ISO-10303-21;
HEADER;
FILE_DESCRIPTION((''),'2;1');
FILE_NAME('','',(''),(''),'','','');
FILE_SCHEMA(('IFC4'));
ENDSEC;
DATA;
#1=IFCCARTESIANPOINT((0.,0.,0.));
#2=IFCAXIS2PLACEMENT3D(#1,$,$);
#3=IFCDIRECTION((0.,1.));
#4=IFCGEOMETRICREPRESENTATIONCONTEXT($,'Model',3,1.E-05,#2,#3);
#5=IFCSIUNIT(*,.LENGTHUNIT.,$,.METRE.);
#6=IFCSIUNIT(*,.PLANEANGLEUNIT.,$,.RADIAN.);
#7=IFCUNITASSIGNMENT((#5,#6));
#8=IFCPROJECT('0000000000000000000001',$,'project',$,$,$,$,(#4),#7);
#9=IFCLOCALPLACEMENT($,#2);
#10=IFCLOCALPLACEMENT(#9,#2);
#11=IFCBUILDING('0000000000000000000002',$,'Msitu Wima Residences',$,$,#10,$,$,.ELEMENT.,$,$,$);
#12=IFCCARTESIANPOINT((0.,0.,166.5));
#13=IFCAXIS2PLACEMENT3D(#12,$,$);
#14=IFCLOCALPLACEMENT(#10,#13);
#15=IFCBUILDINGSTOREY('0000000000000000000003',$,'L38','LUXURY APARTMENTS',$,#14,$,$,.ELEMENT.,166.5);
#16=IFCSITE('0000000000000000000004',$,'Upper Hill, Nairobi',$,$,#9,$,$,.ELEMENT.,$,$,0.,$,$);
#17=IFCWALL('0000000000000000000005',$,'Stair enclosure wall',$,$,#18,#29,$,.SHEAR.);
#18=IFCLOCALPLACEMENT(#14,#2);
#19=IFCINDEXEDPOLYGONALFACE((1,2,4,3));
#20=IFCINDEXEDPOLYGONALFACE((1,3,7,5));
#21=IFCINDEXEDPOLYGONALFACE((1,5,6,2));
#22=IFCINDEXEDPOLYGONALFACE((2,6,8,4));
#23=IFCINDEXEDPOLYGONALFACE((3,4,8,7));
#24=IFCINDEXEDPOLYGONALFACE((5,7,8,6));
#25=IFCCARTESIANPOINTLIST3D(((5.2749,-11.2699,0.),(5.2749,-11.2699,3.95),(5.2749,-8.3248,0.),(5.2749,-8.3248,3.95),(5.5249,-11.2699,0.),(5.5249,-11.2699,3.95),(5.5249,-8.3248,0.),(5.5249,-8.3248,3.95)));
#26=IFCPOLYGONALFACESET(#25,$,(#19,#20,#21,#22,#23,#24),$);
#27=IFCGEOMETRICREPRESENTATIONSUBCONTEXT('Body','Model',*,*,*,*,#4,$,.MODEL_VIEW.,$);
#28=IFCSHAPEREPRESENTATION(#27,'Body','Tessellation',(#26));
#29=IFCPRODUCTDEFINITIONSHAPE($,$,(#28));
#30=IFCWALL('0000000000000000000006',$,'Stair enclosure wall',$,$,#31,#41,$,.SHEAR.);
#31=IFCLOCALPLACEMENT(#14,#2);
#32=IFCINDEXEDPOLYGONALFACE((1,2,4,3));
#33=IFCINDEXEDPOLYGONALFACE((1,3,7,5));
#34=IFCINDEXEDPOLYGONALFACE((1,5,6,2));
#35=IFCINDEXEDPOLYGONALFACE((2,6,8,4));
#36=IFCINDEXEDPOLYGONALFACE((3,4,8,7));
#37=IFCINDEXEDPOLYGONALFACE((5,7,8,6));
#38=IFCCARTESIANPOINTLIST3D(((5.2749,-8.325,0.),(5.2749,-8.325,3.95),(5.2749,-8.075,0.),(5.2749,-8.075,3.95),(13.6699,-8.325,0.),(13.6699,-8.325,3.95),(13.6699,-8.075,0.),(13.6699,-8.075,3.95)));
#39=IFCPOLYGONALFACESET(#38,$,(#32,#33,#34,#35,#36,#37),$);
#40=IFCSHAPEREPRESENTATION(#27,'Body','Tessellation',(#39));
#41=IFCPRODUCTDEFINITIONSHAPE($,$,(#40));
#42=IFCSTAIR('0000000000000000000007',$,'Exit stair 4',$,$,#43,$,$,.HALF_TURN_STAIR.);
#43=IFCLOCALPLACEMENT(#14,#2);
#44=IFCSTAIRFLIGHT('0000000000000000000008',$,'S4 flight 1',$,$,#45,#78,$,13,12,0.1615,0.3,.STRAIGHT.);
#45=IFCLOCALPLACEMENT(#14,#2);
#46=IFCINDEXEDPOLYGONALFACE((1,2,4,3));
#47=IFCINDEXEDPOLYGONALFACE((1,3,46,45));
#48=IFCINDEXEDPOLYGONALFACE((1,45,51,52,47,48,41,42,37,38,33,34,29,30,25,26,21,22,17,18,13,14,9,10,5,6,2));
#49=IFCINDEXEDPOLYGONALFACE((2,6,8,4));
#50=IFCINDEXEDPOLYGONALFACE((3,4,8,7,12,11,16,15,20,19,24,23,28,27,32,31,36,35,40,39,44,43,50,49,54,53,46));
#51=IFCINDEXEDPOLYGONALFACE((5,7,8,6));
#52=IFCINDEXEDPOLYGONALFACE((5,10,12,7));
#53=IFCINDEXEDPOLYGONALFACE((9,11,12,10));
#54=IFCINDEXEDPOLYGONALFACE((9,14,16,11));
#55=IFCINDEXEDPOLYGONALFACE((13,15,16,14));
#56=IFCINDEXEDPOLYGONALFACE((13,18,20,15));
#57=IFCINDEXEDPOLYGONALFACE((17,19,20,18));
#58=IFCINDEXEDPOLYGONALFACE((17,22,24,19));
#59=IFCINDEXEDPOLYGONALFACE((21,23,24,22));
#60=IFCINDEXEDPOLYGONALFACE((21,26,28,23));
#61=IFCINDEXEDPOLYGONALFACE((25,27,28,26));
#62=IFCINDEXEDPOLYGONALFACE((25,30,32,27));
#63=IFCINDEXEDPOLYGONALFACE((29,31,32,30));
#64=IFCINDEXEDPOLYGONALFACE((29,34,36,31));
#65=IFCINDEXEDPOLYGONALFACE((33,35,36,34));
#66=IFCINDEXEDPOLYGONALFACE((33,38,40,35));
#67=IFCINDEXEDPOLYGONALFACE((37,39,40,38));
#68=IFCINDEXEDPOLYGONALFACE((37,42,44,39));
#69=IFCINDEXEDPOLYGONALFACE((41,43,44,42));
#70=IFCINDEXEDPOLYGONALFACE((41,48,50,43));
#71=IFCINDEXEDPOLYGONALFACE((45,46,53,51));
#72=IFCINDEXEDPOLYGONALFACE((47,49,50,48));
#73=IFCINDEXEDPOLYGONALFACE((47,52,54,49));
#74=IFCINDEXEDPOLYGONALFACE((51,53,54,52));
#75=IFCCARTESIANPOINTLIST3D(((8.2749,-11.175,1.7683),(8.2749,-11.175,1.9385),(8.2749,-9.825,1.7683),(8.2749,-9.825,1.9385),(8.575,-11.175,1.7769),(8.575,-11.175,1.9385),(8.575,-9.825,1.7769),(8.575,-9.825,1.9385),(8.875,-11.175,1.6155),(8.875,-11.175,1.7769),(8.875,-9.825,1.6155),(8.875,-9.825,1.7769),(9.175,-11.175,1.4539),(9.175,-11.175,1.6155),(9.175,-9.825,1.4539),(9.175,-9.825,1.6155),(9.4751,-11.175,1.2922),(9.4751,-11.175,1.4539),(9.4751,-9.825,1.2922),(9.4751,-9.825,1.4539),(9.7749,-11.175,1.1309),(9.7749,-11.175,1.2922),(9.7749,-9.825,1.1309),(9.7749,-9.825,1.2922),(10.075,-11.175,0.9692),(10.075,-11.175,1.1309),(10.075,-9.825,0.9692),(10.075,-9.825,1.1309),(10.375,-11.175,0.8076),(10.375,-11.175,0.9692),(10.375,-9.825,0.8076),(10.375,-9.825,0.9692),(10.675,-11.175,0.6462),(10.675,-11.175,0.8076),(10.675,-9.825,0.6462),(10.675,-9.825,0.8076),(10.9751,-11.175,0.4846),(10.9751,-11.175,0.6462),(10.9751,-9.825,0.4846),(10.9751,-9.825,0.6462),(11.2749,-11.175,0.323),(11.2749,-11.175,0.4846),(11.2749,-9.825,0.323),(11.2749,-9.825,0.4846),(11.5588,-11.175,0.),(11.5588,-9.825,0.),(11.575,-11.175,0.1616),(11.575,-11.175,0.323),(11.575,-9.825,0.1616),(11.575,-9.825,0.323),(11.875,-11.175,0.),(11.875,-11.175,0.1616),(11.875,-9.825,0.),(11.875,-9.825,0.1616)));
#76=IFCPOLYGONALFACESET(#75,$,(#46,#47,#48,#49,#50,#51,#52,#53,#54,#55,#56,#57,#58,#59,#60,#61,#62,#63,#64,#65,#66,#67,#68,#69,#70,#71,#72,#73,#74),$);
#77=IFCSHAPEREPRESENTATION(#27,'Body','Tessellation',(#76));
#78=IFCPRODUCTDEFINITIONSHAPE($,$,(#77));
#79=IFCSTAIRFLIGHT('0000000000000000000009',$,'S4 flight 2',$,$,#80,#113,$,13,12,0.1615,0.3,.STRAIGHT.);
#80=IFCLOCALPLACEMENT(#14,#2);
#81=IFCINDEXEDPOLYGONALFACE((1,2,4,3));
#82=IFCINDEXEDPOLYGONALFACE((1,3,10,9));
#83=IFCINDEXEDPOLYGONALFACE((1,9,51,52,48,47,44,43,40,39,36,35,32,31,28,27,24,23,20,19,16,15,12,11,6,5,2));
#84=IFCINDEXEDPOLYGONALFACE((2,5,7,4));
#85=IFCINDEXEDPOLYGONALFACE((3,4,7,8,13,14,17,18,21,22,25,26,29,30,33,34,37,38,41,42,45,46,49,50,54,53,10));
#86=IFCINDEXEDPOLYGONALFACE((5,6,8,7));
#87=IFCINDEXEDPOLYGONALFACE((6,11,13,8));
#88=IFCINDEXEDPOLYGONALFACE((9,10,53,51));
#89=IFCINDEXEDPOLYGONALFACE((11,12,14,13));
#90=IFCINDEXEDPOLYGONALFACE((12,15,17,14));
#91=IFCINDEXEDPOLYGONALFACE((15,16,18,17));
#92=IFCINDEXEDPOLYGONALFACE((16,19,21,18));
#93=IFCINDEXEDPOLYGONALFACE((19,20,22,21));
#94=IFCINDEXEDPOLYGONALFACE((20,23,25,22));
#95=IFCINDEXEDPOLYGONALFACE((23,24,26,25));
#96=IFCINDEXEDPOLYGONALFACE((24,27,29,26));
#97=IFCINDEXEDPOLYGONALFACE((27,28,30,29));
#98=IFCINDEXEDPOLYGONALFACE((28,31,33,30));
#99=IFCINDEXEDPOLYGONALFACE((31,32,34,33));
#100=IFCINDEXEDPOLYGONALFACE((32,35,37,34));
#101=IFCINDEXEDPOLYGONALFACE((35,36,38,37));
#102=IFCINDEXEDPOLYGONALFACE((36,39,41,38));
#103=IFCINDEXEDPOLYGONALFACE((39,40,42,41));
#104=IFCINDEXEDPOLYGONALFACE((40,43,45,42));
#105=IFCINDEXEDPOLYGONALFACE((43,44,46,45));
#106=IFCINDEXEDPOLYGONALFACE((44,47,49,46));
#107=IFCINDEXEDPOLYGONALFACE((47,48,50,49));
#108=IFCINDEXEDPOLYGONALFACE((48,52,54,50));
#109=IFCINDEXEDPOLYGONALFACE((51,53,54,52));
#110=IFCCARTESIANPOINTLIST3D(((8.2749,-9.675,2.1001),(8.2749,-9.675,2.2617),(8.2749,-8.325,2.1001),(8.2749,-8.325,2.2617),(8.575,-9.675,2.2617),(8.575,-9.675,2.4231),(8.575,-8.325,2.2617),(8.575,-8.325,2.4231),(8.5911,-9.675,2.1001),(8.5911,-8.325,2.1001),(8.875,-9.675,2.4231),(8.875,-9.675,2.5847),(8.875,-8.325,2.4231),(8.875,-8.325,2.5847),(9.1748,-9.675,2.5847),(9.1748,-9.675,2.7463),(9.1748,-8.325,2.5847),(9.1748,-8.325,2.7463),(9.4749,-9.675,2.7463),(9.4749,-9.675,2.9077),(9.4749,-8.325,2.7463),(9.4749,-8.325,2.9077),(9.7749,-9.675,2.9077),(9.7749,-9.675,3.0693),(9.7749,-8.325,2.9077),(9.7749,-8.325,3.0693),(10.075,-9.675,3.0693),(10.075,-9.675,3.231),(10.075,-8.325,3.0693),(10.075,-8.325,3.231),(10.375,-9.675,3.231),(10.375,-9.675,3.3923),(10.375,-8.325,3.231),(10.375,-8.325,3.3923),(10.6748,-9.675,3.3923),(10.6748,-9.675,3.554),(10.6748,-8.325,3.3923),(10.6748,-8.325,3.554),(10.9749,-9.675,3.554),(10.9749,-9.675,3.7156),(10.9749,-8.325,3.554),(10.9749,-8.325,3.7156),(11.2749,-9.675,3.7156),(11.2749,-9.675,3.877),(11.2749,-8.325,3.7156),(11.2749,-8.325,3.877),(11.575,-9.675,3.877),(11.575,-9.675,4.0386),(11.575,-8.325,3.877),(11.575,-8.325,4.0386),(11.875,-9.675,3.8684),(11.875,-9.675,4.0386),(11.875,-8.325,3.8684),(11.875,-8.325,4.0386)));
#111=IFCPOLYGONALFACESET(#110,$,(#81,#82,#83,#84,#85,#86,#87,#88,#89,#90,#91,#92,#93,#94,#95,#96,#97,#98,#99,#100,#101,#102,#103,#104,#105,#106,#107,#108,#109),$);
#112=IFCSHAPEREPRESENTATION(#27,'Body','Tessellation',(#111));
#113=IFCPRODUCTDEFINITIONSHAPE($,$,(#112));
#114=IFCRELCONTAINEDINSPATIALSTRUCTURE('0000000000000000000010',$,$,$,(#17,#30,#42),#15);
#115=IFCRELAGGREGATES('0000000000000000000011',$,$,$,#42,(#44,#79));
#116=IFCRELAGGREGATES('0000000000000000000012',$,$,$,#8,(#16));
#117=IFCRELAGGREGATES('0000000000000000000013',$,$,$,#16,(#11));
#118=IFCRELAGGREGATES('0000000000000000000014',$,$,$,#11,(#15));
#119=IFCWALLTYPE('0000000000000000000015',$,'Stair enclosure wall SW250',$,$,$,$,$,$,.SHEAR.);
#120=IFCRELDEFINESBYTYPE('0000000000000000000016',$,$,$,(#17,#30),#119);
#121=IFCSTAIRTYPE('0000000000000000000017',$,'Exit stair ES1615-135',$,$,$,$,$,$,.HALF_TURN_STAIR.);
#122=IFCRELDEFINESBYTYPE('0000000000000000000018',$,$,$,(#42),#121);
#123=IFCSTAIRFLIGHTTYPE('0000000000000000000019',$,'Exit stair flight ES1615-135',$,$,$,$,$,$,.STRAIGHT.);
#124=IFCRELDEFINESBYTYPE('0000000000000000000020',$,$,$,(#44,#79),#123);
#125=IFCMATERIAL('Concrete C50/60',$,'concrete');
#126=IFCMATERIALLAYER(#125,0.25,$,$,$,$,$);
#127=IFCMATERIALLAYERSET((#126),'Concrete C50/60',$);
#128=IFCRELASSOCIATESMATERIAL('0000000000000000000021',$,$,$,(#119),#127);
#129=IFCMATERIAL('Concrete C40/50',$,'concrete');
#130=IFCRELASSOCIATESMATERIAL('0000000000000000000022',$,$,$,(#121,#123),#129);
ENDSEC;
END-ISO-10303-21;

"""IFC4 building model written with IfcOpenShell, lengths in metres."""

from ifc_helpers import new_model, si_unit, direction, frame, frame_2d, origin, place, context, subcontext, project, spatial, polyline, rectangle, outline, extrude, material, layer, layer_set, type_object, element, aggregate, save


model = new_model("IFC4")

# Units and contexts
model_context = context("Model", 3, precision=1e-05, world=origin(), true_north=direction((0.0, 1.0)))
body_context = subcontext(model_context, "Body", "Model", "MODEL_VIEW")
ifc_project = project(units=[si_unit("LENGTHUNIT", "METRE"), si_unit("PLANEANGLEUNIT", "RADIAN")], contexts=[model_context])

# Site, building, storey
site_placement = place(None, origin())
site = spatial("IfcSite", under=ifc_project, at=site_placement, Name="Upper Hill, Nairobi", CompositionType="ELEMENT", RefElevation=0.0)
building_placement = place(site_placement, origin())
building = spatial("IfcBuilding", under=site, at=building_placement, Name="Msitu Wima Residences", CompositionType="ELEMENT")
storey_placement = place(building_placement, frame((0.0, 0.0, 166.5)))
storey = spatial("IfcBuildingStorey", under=building, at=storey_placement, Name="L38", Description="LUXURY APARTMENTS", CompositionType="ELEMENT", Elevation=166.5)

# Shared definitions
ifc_material_1 = material(Name="Concrete C40/50", Category="concrete")

# Walls
ifc_material_2 = material(Name="Concrete C50/60", Category="concrete")
ifc_layer_1 = layer(ifc_material_2, 0.25)
ifc_layer_set_1 = layer_set([ifc_layer_1], Name="Concrete C50/60")
wall_type_1 = type_object("IfcWallType", Name="Stair enclosure wall SW250", PredefinedType="SHEAR", material=ifc_layer_set_1)
wall_1_placement = place(storey_placement, frame((5.3999, -11.27, 0.0), z_axis=(0.0, 0.0, 1.0), x_axis=(0.0, 1.0, 0.0)))
element("IfcWall", 1, at=wall_1_placement, inside=storey, type_object=wall_type_1, Name="Stair enclosure wall", PredefinedType="SHEAR", context=body_context, shape_type="SweptSolid", body=[
    extrude(rectangle(XDim=2.9451, YDim=0.25, at=frame_2d((1.4727, 0.0))), origin(), (0.0, 0.0, 1.0), 3.95),
])
wall_2_placement = place(storey_placement, frame((5.2749, -8.2, 0.0), z_axis=(0.0, 0.0, 1.0), x_axis=(1.0, 0.0, 0.0)))
element("IfcWall", 2, at=wall_2_placement, inside=storey, type_object=wall_type_1, Name="Stair enclosure wall", PredefinedType="SHEAR", context=body_context, shape_type="SweptSolid", body=[
    extrude(rectangle(XDim=8.395, YDim=0.25, at=frame_2d((4.1975, 0.0))), origin(), (0.0, 0.0, 1.0), 3.95),
])

# Stair, stair flights
stair_type = type_object("IfcStairType", Name="Exit stair ES1615-135", PredefinedType="HALF_TURN_STAIR", material=ifc_material_1)
stair_placement = place(storey_placement, origin())
stair = element("IfcStair", 3, at=stair_placement, inside=storey, type_object=stair_type, Name="Exit stair 4", PredefinedType="HALF_TURN_STAIR")
stair_flight_type = type_object("IfcStairFlightType", Name="Exit stair flight ES1615-135", PredefinedType="STRAIGHT", material=ifc_material_1)
stair_flight_1_placement = place(storey_placement, frame((11.875, -10.5, 0.0), z_axis=(0.0, 0.0, 1.0), x_axis=(-1.0, 0.0, 0.0)))
stair_flight_1 = element("IfcStairFlight", 4, at=stair_flight_1_placement, type_object=stair_flight_type, Name="S4 flight 1", NumberOfRisers=13, NumberOfTreads=12, PredefinedType="STRAIGHT", RiserHeight=0.1615, TreadLength=0.3, context=body_context, shape_type="SweptSolid", body=[
    extrude(outline(polyline([(0.0, 0.0), (0.0, 0.1616), (0.3, 0.1616), (0.3, 0.323), (0.6001, 0.323), (0.6001, 0.4846), (0.8999, 0.4846), (0.8999, 0.6462), (1.2, 0.6462), (1.2, 0.8076), (1.5, 0.8076), (1.5, 0.9692), (1.8, 0.9692), (1.8, 1.1309), (2.1001, 1.1309), (2.1001, 1.2922), (2.3999, 1.2922), (2.3999, 1.4539), (2.7, 1.4539), (2.7, 1.6155), (3.0, 1.6155), (3.0, 1.7769), (3.3, 1.7769), (3.3, 1.9385), (3.6001, 1.9385), (3.6001, 2.1001), (3.6001, 1.7683), (0.3162, 0.0), (0.0, 0.0)])), frame((0.0, 0.675, 0.0), z_axis=(0.0, -1.0, 0.0), x_axis=(1.0, 0.0, 0.0)), (0.0, 0.0, 1.0), 1.3501),
])
stair_flight_2_placement = place(storey_placement, frame((8.2749, -9.0, 2.1001), z_axis=(0.0, 0.0, 1.0), x_axis=(1.0, 0.0, 0.0)))
stair_flight_2 = element("IfcStairFlight", 5, at=stair_flight_2_placement, type_object=stair_flight_type, Name="S4 flight 2", NumberOfRisers=13, NumberOfTreads=12, PredefinedType="STRAIGHT", RiserHeight=0.1615, TreadLength=0.3, context=body_context, shape_type="SweptSolid", body=[
    extrude(outline(polyline([(0.0, 0.0), (0.0, 0.1616), (0.3, 0.1616), (0.3, 0.323), (0.6001, 0.323), (0.6001, 0.4846), (0.8999, 0.4846), (0.8999, 0.6462), (1.2, 0.6462), (1.2, 0.8076), (1.5, 0.8076), (1.5, 0.9692), (1.8, 0.9692), (1.8, 1.1309), (2.1001, 1.1309), (2.1001, 1.2922), (2.3999, 1.2922), (2.3999, 1.4539), (2.7, 1.4539), (2.7, 1.6155), (3.0, 1.6155), (3.0, 1.7769), (3.3, 1.7769), (3.3, 1.9385), (3.6001, 1.9385), (3.6001, 2.1001), (3.6001, 1.7683), (0.3162, 0.0), (0.0, 0.0)])), frame((0.0, 0.675, 0.0), z_axis=(0.0, -1.0, 0.0), x_axis=(1.0, 0.0, 0.0)), (0.0, 0.0, 1.0), 1.3501),
])
aggregate(stair, [stair_flight_1, stair_flight_2])

save(model, "model.ifc")
